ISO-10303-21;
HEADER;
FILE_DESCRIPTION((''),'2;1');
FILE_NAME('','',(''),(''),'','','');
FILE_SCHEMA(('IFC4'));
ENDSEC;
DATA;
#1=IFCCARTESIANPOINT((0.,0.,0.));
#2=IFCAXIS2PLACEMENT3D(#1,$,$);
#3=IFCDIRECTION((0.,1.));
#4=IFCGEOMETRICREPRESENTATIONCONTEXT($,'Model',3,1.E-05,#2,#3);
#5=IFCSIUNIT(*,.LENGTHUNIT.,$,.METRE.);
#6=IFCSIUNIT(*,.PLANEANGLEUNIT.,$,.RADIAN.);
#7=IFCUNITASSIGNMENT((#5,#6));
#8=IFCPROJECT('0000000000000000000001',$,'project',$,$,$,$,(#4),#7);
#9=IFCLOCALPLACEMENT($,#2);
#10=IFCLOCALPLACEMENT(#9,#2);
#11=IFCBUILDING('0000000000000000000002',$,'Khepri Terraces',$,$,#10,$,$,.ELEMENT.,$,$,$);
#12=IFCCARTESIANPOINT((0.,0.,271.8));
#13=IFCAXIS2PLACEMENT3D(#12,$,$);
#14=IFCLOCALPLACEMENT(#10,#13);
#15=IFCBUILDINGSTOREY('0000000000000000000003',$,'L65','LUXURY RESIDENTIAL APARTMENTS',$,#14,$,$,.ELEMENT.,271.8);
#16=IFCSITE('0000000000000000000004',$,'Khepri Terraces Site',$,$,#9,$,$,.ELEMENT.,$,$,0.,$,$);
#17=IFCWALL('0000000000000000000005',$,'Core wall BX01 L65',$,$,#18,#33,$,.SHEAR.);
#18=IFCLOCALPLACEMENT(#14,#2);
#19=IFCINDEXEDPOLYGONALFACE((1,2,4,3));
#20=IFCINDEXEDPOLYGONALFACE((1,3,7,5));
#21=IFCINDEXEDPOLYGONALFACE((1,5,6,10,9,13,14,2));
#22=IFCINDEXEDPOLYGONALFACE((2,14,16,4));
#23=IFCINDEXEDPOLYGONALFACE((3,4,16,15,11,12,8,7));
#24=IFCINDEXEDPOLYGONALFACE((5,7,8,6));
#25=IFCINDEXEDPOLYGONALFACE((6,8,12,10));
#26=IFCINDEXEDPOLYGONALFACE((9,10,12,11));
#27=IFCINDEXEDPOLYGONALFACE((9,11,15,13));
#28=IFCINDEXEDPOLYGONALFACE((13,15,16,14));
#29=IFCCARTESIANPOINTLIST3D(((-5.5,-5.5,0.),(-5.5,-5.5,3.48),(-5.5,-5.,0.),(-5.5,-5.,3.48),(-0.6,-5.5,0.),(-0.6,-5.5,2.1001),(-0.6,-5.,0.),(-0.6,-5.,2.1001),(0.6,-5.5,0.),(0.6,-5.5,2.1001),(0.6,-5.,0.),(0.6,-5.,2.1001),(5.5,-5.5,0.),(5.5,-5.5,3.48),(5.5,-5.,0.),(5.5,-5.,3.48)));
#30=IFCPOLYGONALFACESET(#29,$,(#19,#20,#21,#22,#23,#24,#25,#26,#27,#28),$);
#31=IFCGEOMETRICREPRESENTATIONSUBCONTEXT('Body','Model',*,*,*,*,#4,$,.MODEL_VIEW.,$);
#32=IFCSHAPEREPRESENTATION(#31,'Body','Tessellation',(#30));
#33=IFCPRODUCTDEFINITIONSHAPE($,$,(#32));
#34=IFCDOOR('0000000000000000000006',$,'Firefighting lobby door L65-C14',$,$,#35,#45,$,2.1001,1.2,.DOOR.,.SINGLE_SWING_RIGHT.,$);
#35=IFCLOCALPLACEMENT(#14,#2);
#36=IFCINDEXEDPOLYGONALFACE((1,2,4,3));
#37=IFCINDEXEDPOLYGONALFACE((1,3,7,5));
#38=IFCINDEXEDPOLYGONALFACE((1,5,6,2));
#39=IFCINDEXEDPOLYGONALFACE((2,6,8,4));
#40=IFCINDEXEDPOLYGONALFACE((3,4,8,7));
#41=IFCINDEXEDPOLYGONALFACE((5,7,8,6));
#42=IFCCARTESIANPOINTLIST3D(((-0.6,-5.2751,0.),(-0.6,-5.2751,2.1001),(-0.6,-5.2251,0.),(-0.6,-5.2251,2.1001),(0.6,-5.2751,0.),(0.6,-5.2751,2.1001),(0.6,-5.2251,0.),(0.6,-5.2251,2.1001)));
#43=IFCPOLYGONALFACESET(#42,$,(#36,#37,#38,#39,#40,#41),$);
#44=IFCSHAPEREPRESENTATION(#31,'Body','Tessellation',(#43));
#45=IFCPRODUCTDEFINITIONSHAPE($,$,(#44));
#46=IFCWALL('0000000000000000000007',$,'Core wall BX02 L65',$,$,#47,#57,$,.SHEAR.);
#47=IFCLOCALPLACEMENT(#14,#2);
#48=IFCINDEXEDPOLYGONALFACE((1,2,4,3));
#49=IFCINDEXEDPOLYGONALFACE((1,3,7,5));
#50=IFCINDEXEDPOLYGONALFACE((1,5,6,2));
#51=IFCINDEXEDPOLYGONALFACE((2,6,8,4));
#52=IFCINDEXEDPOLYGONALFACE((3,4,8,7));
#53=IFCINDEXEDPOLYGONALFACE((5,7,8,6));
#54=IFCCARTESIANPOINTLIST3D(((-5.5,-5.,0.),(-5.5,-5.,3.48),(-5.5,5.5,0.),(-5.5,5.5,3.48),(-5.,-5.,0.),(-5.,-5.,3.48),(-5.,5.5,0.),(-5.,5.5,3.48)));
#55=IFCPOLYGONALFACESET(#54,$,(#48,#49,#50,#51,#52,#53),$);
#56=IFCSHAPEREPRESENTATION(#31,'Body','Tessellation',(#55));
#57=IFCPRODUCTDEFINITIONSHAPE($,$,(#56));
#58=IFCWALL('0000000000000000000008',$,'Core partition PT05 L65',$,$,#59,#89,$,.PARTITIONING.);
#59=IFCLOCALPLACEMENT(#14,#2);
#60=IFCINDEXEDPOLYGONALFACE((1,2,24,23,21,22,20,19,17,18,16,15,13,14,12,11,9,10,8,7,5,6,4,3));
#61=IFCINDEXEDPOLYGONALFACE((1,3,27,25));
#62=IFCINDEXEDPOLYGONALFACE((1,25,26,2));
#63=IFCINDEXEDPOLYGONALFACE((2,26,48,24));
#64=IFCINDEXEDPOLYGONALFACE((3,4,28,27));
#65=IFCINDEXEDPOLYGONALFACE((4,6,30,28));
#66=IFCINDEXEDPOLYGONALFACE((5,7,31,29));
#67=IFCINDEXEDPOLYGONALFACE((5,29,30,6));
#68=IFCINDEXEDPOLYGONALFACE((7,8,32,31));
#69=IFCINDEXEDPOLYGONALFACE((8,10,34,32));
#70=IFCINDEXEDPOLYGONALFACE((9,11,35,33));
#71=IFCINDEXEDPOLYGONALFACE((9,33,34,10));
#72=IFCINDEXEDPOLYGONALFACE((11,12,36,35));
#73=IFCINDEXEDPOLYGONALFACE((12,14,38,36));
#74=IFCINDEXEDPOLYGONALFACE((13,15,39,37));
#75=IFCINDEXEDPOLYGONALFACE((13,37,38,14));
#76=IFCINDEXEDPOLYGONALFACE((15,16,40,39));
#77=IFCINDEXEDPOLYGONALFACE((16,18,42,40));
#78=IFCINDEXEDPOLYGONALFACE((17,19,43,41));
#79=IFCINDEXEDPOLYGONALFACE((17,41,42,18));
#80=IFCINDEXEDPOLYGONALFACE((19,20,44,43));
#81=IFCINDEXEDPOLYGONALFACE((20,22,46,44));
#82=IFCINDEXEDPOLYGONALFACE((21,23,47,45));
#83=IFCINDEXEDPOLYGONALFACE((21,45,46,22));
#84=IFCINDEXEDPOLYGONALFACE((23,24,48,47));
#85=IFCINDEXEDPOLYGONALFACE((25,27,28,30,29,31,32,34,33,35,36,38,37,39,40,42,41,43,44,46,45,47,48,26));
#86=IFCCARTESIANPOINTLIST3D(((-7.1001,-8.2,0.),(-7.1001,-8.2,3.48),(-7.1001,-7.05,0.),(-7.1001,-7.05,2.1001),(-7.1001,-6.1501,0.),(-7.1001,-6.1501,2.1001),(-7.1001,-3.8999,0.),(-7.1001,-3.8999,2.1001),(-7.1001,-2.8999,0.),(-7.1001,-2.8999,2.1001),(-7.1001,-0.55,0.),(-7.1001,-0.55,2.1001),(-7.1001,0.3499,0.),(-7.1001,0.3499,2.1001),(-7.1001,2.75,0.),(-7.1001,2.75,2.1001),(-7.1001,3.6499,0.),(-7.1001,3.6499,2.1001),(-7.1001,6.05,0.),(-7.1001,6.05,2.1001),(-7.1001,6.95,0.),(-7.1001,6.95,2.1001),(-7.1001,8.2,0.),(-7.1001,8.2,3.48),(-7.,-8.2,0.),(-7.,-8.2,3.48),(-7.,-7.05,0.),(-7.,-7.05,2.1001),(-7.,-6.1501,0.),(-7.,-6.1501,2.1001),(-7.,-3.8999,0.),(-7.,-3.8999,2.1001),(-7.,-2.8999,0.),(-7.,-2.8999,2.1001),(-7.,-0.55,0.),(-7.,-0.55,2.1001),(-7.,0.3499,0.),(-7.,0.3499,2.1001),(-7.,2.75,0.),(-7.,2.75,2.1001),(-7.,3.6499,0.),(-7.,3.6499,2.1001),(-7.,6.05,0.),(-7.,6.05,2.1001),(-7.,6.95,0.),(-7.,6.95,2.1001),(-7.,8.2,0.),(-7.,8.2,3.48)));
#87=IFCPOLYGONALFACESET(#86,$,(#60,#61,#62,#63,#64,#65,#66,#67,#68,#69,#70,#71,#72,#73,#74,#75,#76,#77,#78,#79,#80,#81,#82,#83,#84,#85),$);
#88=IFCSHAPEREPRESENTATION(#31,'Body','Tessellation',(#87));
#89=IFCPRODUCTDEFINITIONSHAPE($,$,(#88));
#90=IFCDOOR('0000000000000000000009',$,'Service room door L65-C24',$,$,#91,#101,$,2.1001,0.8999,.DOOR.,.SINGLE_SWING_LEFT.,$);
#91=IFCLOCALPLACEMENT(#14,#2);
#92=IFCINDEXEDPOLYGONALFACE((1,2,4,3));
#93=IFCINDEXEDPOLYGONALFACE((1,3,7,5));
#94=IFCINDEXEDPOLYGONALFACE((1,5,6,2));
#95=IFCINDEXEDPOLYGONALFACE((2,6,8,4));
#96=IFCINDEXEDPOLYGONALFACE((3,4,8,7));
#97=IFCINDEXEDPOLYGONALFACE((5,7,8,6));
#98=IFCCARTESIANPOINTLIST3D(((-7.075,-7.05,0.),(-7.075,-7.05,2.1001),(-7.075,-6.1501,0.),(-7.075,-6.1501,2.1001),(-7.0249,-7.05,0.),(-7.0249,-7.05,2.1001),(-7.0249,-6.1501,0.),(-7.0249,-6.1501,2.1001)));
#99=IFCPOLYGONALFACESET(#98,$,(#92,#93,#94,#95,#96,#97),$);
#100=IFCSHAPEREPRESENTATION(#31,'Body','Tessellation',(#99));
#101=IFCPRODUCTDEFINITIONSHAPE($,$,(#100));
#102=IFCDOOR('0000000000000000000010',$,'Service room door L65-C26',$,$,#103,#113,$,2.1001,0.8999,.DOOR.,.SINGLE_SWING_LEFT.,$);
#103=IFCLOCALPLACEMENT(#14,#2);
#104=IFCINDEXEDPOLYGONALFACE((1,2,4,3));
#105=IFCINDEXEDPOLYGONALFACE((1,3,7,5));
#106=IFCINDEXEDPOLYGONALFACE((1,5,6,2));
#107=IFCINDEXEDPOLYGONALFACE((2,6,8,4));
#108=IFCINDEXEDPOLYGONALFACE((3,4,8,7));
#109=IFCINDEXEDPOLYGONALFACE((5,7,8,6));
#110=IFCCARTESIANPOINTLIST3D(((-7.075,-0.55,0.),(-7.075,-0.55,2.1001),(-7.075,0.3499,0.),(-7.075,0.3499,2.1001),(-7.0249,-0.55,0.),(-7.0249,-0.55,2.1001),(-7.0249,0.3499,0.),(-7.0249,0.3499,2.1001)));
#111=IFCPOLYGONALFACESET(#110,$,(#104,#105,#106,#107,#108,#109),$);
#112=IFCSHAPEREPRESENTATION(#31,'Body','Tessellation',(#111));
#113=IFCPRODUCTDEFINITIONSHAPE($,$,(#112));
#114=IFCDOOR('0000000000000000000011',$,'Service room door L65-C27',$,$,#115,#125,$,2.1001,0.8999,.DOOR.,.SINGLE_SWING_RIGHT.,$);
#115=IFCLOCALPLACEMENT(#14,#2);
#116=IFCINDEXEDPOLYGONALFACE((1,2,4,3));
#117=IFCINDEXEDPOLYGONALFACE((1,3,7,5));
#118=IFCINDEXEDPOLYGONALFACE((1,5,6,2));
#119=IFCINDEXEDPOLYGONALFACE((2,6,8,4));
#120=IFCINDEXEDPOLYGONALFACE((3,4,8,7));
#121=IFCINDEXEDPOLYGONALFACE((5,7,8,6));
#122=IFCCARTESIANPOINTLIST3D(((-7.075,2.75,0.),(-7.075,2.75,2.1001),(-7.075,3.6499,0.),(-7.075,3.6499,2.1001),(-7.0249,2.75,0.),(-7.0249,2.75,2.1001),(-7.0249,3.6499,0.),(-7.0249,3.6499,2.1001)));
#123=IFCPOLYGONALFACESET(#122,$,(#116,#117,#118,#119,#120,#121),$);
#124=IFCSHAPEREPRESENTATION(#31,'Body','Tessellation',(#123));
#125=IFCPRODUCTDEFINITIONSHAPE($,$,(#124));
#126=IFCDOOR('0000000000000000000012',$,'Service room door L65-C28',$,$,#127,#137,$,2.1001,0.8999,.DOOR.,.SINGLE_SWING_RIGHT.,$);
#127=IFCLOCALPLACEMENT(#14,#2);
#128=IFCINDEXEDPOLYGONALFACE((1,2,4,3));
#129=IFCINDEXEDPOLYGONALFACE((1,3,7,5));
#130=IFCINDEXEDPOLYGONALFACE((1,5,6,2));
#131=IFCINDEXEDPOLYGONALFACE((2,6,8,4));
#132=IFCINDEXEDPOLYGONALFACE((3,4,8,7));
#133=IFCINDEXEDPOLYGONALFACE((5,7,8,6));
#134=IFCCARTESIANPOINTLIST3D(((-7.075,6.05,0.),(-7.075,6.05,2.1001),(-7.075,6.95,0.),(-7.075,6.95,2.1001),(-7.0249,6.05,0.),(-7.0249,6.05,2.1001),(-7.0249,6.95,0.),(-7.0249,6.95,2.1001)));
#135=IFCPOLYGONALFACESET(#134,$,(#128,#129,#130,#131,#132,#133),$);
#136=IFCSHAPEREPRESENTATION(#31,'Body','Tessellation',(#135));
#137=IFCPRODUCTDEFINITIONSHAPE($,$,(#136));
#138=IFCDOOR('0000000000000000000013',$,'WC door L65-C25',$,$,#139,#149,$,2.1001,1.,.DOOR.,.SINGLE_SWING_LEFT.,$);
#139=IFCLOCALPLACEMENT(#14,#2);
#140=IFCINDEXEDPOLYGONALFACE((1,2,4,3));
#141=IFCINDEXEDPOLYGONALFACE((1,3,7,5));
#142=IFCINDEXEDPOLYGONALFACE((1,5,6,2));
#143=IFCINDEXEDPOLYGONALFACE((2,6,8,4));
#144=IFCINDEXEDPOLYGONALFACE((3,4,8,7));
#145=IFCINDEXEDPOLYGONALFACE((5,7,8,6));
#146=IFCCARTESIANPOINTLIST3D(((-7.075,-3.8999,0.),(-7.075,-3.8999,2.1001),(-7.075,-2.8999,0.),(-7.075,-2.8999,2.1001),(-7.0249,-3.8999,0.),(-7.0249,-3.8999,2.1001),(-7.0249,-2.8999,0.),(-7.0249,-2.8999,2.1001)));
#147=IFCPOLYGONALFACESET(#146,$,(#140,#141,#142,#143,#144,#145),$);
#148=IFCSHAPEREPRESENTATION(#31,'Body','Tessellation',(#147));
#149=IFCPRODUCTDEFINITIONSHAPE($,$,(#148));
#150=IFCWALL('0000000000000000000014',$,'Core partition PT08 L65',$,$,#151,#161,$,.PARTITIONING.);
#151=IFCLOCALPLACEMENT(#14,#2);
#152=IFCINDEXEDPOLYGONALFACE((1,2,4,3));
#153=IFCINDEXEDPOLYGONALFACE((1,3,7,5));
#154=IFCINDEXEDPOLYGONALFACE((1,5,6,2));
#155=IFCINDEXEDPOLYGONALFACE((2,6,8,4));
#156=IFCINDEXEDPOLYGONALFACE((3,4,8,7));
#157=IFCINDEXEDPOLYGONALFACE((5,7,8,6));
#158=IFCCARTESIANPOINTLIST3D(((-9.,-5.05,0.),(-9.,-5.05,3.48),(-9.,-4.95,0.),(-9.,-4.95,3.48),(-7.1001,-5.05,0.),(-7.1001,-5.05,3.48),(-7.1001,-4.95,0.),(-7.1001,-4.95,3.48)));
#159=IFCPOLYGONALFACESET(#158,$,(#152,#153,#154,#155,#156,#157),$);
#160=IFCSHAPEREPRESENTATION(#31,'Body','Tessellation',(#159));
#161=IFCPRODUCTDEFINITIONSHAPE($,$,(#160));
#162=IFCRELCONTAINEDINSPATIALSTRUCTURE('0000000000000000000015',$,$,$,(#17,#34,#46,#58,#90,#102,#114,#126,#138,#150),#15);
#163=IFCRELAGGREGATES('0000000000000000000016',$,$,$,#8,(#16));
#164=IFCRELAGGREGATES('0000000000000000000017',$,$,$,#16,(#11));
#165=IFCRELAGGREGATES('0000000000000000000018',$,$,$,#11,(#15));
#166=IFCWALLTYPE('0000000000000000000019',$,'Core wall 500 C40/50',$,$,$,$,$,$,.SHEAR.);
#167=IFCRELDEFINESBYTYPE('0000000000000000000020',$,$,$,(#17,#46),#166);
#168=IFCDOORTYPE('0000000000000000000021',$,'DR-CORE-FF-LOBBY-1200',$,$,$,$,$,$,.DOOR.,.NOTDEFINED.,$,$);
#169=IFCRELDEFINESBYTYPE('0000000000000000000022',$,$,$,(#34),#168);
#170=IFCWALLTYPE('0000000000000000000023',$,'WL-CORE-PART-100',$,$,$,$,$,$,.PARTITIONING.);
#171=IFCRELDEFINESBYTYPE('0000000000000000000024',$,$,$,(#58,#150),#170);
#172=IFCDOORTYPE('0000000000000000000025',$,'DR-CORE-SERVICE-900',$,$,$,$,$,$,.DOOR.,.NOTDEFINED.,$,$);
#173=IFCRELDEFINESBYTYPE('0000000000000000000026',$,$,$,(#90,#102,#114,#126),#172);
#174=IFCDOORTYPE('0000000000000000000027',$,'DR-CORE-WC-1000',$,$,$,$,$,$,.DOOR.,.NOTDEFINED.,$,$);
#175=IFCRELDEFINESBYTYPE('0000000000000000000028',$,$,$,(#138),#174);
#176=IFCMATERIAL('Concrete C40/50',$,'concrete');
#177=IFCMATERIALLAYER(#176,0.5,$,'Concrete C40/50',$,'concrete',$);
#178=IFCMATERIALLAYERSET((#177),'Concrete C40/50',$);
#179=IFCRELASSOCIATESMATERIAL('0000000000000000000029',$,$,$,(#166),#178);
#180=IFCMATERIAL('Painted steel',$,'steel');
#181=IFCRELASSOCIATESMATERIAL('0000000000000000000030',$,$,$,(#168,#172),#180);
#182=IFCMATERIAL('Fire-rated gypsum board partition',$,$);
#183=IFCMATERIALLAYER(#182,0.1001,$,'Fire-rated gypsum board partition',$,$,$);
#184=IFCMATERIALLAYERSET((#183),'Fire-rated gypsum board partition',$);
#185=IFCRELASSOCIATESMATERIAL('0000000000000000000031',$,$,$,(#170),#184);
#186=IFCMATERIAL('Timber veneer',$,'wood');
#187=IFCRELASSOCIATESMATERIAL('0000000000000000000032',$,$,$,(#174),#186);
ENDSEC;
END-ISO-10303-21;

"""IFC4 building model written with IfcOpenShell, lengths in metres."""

from ifc_helpers import new_model, si_unit, direction, frame, frame_2d, origin, place, context, subcontext, project, spatial, rectangle, extrude, material, layer, layer_set, type_object, element, fill, save


model = new_model("IFC4")

# Units and contexts
model_context = context("Model", 3, precision=1e-05, world=origin(), true_north=direction((0.0, 1.0)))
body_context = subcontext(model_context, "Body", "Model", "MODEL_VIEW")
ifc_project = project(units=[si_unit("LENGTHUNIT", "METRE"), si_unit("PLANEANGLEUNIT", "RADIAN")], contexts=[model_context])

# Site, building, storey
site_placement = place(None, origin())
site = spatial("IfcSite", under=ifc_project, at=site_placement, Name="Khepri Terraces Site", CompositionType="ELEMENT", RefElevation=0.0)
building_placement = place(site_placement, origin())
building = spatial("IfcBuilding", under=site, at=building_placement, Name="Khepri Terraces", CompositionType="ELEMENT")
storey_placement = place(building_placement, frame((0.0, 0.0, 271.8)))
storey = spatial("IfcBuildingStorey", under=building, at=storey_placement, Name="L65", Description="LUXURY RESIDENTIAL APARTMENTS", CompositionType="ELEMENT", Elevation=271.8)

# Shared definitions
ifc_material_1 = material(Name="Concrete C40/50", Category="concrete")

# Shared definitions
ifc_material_2 = material(Name="Painted steel", Category="steel")

# Wall, opening, door
ifc_layer_1 = layer(ifc_material_1, 0.5, Name="Concrete C40/50", Category="concrete")
ifc_layer_set_1 = layer_set([ifc_layer_1], Name="Concrete C40/50")
wall_type_1 = type_object("IfcWallType", Name="Core wall 500 C40/50", PredefinedType="SHEAR", material=ifc_layer_set_1)
wall_1_placement = place(storey_placement, frame((-5.5, -5.25, 0.0), z_axis=(0.0, 0.0, 1.0), x_axis=(1.0, 0.0, 0.0)))
wall_1 = element("IfcWall", 1, at=wall_1_placement, inside=storey, type_object=wall_type_1, Name="Core wall BX01 L65", PredefinedType="SHEAR", context=body_context, shape_type="SweptSolid", body=[
    extrude(rectangle(XDim=11.0, YDim=0.5, at=frame_2d((5.5, 0.0))), origin(), (0.0, 0.0, 1.0), 3.48),
])
opening_1_placement = place(wall_1_placement, frame((4.8999, 0.0, 0.0)))
opening_1 = element("IfcOpeningElement", 2, at=opening_1_placement, cuts=wall_1, PredefinedType="OPENING", context=body_context, shape_type="SweptSolid", body=[
    extrude(rectangle(XDim=1.2, YDim=2.1001, at=frame_2d((0.6001, 1.05))), frame((0.0, 0.26, 0.0), z_axis=(0.0, -1.0, 0.0), x_axis=(1.0, 0.0, 0.0)), (0.0, 0.0, 1.0), 0.52),
])
door_type_1 = type_object("IfcDoorType", Name="DR-CORE-FF-LOBBY-1200", OperationType="NOTDEFINED", PredefinedType="DOOR", material=ifc_material_2)
door_1_placement = place(opening_1_placement, origin())
door_1 = element("IfcDoor", 3, at=door_1_placement, inside=storey, type_object=door_type_1, Name="Firefighting lobby door L65-C14", OperationType="SINGLE_SWING_RIGHT", OverallHeight=2.1001, OverallWidth=1.2, PredefinedType="DOOR", context=body_context, shape_type="SweptSolid", body=[
    extrude(rectangle(XDim=1.2, YDim=2.1001, at=frame_2d((0.6001, 1.05))), frame((0.0, 0.0249, 0.0), z_axis=(0.0, -1.0, 0.0), x_axis=(1.0, 0.0, 0.0)), (0.0, 0.0, 1.0), 0.05),
])
fill(opening_1, door_1)

# Wall
wall_2_placement = place(storey_placement, frame((-5.25, -5.0, 0.0), z_axis=(0.0, 0.0, 1.0), x_axis=(0.0, 1.0, 0.0)))
element("IfcWall", 4, at=wall_2_placement, inside=storey, type_object=wall_type_1, Name="Core wall BX02 L65", PredefinedType="SHEAR", context=body_context, shape_type="SweptSolid", body=[
    extrude(rectangle(XDim=10.5, YDim=0.5, at=frame_2d((5.25, 0.0))), origin(), (0.0, 0.0, 1.0), 3.48),
])

# Wall, openings, doors
ifc_material_3 = material(Name="Fire-rated gypsum board partition")
ifc_layer_2 = layer(ifc_material_3, 0.1001, Name="Fire-rated gypsum board partition")
ifc_layer_set_2 = layer_set([ifc_layer_2], Name="Fire-rated gypsum board partition")
wall_type_2 = type_object("IfcWallType", Name="WL-CORE-PART-100", PredefinedType="PARTITIONING", material=ifc_layer_set_2)
wall_3_placement = place(storey_placement, frame((-7.05, -8.2, 0.0), z_axis=(0.0, 0.0, 1.0), x_axis=(0.0, 1.0, 0.0)))
wall_3 = element("IfcWall", 5, at=wall_3_placement, inside=storey, type_object=wall_type_2, Name="Core partition PT05 L65", PredefinedType="PARTITIONING", context=body_context, shape_type="SweptSolid", body=[
    extrude(rectangle(XDim=16.3999, YDim=0.1001, at=frame_2d((8.2, 0.0))), origin(), (0.0, 0.0, 1.0), 3.48),
])
opening_2_placement = place(wall_3_placement, frame((1.1499, 0.0, 0.0)))
opening_2 = element("IfcOpeningElement", 6, at=opening_2_placement, cuts=wall_3, PredefinedType="OPENING", context=body_context, shape_type="SweptSolid", body=[
    extrude(rectangle(XDim=0.8999, YDim=2.1001, at=frame_2d((0.45, 1.05))), frame((0.0, 0.0601, 0.0), z_axis=(0.0, -1.0, 0.0), x_axis=(1.0, 0.0, 0.0)), (0.0, 0.0, 1.0), 0.1201),
])
opening_3_placement = place(wall_3_placement, frame((4.3, 0.0, 0.0)))
opening_3 = element("IfcOpeningElement", 7, at=opening_3_placement, cuts=wall_3, PredefinedType="OPENING", context=body_context, shape_type="SweptSolid", body=[
    extrude(rectangle(XDim=1.0, YDim=2.1001, at=frame_2d((0.5, 1.05))), frame((0.0, 0.0601, 0.0), z_axis=(0.0, -1.0, 0.0), x_axis=(1.0, 0.0, 0.0)), (0.0, 0.0, 1.0), 0.1201),
])
opening_4_placement = place(wall_3_placement, frame((7.6499, 0.0, 0.0)))
opening_4 = element("IfcOpeningElement", 8, at=opening_4_placement, cuts=wall_3, PredefinedType="OPENING", context=body_context, shape_type="SweptSolid", body=[
    extrude(rectangle(XDim=0.8999, YDim=2.1001, at=frame_2d((0.45, 1.05))), frame((0.0, 0.0601, 0.0), z_axis=(0.0, -1.0, 0.0), x_axis=(1.0, 0.0, 0.0)), (0.0, 0.0, 1.0), 0.1201),
])
opening_5_placement = place(wall_3_placement, frame((10.95, 0.0, 0.0)))
opening_5 = element("IfcOpeningElement", 9, at=opening_5_placement, cuts=wall_3, PredefinedType="OPENING", context=body_context, shape_type="SweptSolid", body=[
    extrude(rectangle(XDim=0.8999, YDim=2.1001, at=frame_2d((0.45, 1.05))), frame((0.0, 0.0601, 0.0), z_axis=(0.0, -1.0, 0.0), x_axis=(1.0, 0.0, 0.0)), (0.0, 0.0, 1.0), 0.1201),
])
opening_6_placement = place(wall_3_placement, frame((14.25, 0.0, 0.0)))
opening_6 = element("IfcOpeningElement", 10, at=opening_6_placement, cuts=wall_3, PredefinedType="OPENING", context=body_context, shape_type="SweptSolid", body=[
    extrude(rectangle(XDim=0.8999, YDim=2.1001, at=frame_2d((0.45, 1.05))), frame((0.0, 0.0601, 0.0), z_axis=(0.0, -1.0, 0.0), x_axis=(1.0, 0.0, 0.0)), (0.0, 0.0, 1.0), 0.1201),
])
door_type_2 = type_object("IfcDoorType", Name="DR-CORE-SERVICE-900", OperationType="NOTDEFINED", PredefinedType="DOOR", material=ifc_material_2)
door_2_placement = place(opening_2_placement, origin())
door_2 = element("IfcDoor", 11, at=door_2_placement, inside=storey, type_object=door_type_2, Name="Service room door L65-C24", OperationType="SINGLE_SWING_LEFT", OverallHeight=2.1001, OverallWidth=0.8999, PredefinedType="DOOR", context=body_context, shape_type="SweptSolid", body=[
    extrude(rectangle(XDim=0.8999, YDim=2.1001, at=frame_2d((0.45, 1.05))), frame((0.0, 0.0249, 0.0), z_axis=(0.0, -1.0, 0.0), x_axis=(1.0, 0.0, 0.0)), (0.0, 0.0, 1.0), 0.05),
])
fill(opening_2, door_2)
door_3_placement = place(opening_4_placement, origin())
door_3 = element("IfcDoor", 12, at=door_3_placement, inside=storey, type_object=door_type_2, Name="Service room door L65-C26", OperationType="SINGLE_SWING_LEFT", OverallHeight=2.1001, OverallWidth=0.8999, PredefinedType="DOOR", context=body_context, shape_type="SweptSolid", body=[
    extrude(rectangle(XDim=0.8999, YDim=2.1001, at=frame_2d((0.45, 1.05))), frame((0.0, 0.0249, 0.0), z_axis=(0.0, -1.0, 0.0), x_axis=(1.0, 0.0, 0.0)), (0.0, 0.0, 1.0), 0.05),
])
fill(opening_4, door_3)
door_4_placement = place(opening_5_placement, origin())
door_4 = element("IfcDoor", 13, at=door_4_placement, inside=storey, type_object=door_type_2, Name="Service room door L65-C27", OperationType="SINGLE_SWING_RIGHT", OverallHeight=2.1001, OverallWidth=0.8999, PredefinedType="DOOR", context=body_context, shape_type="SweptSolid", body=[
    extrude(rectangle(XDim=0.8999, YDim=2.1001, at=frame_2d((0.45, 1.05))), frame((0.0, 0.0249, 0.0), z_axis=(0.0, -1.0, 0.0), x_axis=(1.0, 0.0, 0.0)), (0.0, 0.0, 1.0), 0.05),
])
fill(opening_5, door_4)
door_5_placement = place(opening_6_placement, origin())
door_5 = element("IfcDoor", 14, at=door_5_placement, inside=storey, type_object=door_type_2, Name="Service room door L65-C28", OperationType="SINGLE_SWING_RIGHT", OverallHeight=2.1001, OverallWidth=0.8999, PredefinedType="DOOR", context=body_context, shape_type="SweptSolid", body=[
    extrude(rectangle(XDim=0.8999, YDim=2.1001, at=frame_2d((0.45, 1.05))), frame((0.0, 0.0249, 0.0), z_axis=(0.0, -1.0, 0.0), x_axis=(1.0, 0.0, 0.0)), (0.0, 0.0, 1.0), 0.05),
])
fill(opening_6, door_5)
ifc_material_4 = material(Name="Timber veneer", Category="wood")
door_type_3 = type_object("IfcDoorType", Name="DR-CORE-WC-1000", OperationType="NOTDEFINED", PredefinedType="DOOR", material=ifc_material_4)
door_6_placement = place(opening_3_placement, origin())
door_6 = element("IfcDoor", 15, at=door_6_placement, inside=storey, type_object=door_type_3, Name="WC door L65-C25", OperationType="SINGLE_SWING_LEFT", OverallHeight=2.1001, OverallWidth=1.0, PredefinedType="DOOR", context=body_context, shape_type="SweptSolid", body=[
    extrude(rectangle(XDim=1.0, YDim=2.1001, at=frame_2d((0.5, 1.05))), frame((0.0, 0.0249, 0.0), z_axis=(0.0, -1.0, 0.0), x_axis=(1.0, 0.0, 0.0)), (0.0, 0.0, 1.0), 0.05),
])
fill(opening_3, door_6)

# Wall
for number, where, z_axis, x_axis, name in (
    (16, (-9.0, -5.0, 0.0), (0.0, 0.0, 1.0), (1.0, 0.0, 0.0), "Core partition PT08 L65"),
):
    element("IfcWall", number, at=place(storey_placement, frame(where, z_axis=z_axis, x_axis=x_axis)), inside=storey, type_object=wall_type_2, Name=name, PredefinedType="PARTITIONING", context=body_context, shape_type="SweptSolid", body=[
        extrude(rectangle(XDim=1.8999, YDim=0.1001, at=frame_2d((0.95, 0.0))), origin(), (0.0, 0.0, 1.0), 3.48),
    ])

save(model, "model.ifc")
